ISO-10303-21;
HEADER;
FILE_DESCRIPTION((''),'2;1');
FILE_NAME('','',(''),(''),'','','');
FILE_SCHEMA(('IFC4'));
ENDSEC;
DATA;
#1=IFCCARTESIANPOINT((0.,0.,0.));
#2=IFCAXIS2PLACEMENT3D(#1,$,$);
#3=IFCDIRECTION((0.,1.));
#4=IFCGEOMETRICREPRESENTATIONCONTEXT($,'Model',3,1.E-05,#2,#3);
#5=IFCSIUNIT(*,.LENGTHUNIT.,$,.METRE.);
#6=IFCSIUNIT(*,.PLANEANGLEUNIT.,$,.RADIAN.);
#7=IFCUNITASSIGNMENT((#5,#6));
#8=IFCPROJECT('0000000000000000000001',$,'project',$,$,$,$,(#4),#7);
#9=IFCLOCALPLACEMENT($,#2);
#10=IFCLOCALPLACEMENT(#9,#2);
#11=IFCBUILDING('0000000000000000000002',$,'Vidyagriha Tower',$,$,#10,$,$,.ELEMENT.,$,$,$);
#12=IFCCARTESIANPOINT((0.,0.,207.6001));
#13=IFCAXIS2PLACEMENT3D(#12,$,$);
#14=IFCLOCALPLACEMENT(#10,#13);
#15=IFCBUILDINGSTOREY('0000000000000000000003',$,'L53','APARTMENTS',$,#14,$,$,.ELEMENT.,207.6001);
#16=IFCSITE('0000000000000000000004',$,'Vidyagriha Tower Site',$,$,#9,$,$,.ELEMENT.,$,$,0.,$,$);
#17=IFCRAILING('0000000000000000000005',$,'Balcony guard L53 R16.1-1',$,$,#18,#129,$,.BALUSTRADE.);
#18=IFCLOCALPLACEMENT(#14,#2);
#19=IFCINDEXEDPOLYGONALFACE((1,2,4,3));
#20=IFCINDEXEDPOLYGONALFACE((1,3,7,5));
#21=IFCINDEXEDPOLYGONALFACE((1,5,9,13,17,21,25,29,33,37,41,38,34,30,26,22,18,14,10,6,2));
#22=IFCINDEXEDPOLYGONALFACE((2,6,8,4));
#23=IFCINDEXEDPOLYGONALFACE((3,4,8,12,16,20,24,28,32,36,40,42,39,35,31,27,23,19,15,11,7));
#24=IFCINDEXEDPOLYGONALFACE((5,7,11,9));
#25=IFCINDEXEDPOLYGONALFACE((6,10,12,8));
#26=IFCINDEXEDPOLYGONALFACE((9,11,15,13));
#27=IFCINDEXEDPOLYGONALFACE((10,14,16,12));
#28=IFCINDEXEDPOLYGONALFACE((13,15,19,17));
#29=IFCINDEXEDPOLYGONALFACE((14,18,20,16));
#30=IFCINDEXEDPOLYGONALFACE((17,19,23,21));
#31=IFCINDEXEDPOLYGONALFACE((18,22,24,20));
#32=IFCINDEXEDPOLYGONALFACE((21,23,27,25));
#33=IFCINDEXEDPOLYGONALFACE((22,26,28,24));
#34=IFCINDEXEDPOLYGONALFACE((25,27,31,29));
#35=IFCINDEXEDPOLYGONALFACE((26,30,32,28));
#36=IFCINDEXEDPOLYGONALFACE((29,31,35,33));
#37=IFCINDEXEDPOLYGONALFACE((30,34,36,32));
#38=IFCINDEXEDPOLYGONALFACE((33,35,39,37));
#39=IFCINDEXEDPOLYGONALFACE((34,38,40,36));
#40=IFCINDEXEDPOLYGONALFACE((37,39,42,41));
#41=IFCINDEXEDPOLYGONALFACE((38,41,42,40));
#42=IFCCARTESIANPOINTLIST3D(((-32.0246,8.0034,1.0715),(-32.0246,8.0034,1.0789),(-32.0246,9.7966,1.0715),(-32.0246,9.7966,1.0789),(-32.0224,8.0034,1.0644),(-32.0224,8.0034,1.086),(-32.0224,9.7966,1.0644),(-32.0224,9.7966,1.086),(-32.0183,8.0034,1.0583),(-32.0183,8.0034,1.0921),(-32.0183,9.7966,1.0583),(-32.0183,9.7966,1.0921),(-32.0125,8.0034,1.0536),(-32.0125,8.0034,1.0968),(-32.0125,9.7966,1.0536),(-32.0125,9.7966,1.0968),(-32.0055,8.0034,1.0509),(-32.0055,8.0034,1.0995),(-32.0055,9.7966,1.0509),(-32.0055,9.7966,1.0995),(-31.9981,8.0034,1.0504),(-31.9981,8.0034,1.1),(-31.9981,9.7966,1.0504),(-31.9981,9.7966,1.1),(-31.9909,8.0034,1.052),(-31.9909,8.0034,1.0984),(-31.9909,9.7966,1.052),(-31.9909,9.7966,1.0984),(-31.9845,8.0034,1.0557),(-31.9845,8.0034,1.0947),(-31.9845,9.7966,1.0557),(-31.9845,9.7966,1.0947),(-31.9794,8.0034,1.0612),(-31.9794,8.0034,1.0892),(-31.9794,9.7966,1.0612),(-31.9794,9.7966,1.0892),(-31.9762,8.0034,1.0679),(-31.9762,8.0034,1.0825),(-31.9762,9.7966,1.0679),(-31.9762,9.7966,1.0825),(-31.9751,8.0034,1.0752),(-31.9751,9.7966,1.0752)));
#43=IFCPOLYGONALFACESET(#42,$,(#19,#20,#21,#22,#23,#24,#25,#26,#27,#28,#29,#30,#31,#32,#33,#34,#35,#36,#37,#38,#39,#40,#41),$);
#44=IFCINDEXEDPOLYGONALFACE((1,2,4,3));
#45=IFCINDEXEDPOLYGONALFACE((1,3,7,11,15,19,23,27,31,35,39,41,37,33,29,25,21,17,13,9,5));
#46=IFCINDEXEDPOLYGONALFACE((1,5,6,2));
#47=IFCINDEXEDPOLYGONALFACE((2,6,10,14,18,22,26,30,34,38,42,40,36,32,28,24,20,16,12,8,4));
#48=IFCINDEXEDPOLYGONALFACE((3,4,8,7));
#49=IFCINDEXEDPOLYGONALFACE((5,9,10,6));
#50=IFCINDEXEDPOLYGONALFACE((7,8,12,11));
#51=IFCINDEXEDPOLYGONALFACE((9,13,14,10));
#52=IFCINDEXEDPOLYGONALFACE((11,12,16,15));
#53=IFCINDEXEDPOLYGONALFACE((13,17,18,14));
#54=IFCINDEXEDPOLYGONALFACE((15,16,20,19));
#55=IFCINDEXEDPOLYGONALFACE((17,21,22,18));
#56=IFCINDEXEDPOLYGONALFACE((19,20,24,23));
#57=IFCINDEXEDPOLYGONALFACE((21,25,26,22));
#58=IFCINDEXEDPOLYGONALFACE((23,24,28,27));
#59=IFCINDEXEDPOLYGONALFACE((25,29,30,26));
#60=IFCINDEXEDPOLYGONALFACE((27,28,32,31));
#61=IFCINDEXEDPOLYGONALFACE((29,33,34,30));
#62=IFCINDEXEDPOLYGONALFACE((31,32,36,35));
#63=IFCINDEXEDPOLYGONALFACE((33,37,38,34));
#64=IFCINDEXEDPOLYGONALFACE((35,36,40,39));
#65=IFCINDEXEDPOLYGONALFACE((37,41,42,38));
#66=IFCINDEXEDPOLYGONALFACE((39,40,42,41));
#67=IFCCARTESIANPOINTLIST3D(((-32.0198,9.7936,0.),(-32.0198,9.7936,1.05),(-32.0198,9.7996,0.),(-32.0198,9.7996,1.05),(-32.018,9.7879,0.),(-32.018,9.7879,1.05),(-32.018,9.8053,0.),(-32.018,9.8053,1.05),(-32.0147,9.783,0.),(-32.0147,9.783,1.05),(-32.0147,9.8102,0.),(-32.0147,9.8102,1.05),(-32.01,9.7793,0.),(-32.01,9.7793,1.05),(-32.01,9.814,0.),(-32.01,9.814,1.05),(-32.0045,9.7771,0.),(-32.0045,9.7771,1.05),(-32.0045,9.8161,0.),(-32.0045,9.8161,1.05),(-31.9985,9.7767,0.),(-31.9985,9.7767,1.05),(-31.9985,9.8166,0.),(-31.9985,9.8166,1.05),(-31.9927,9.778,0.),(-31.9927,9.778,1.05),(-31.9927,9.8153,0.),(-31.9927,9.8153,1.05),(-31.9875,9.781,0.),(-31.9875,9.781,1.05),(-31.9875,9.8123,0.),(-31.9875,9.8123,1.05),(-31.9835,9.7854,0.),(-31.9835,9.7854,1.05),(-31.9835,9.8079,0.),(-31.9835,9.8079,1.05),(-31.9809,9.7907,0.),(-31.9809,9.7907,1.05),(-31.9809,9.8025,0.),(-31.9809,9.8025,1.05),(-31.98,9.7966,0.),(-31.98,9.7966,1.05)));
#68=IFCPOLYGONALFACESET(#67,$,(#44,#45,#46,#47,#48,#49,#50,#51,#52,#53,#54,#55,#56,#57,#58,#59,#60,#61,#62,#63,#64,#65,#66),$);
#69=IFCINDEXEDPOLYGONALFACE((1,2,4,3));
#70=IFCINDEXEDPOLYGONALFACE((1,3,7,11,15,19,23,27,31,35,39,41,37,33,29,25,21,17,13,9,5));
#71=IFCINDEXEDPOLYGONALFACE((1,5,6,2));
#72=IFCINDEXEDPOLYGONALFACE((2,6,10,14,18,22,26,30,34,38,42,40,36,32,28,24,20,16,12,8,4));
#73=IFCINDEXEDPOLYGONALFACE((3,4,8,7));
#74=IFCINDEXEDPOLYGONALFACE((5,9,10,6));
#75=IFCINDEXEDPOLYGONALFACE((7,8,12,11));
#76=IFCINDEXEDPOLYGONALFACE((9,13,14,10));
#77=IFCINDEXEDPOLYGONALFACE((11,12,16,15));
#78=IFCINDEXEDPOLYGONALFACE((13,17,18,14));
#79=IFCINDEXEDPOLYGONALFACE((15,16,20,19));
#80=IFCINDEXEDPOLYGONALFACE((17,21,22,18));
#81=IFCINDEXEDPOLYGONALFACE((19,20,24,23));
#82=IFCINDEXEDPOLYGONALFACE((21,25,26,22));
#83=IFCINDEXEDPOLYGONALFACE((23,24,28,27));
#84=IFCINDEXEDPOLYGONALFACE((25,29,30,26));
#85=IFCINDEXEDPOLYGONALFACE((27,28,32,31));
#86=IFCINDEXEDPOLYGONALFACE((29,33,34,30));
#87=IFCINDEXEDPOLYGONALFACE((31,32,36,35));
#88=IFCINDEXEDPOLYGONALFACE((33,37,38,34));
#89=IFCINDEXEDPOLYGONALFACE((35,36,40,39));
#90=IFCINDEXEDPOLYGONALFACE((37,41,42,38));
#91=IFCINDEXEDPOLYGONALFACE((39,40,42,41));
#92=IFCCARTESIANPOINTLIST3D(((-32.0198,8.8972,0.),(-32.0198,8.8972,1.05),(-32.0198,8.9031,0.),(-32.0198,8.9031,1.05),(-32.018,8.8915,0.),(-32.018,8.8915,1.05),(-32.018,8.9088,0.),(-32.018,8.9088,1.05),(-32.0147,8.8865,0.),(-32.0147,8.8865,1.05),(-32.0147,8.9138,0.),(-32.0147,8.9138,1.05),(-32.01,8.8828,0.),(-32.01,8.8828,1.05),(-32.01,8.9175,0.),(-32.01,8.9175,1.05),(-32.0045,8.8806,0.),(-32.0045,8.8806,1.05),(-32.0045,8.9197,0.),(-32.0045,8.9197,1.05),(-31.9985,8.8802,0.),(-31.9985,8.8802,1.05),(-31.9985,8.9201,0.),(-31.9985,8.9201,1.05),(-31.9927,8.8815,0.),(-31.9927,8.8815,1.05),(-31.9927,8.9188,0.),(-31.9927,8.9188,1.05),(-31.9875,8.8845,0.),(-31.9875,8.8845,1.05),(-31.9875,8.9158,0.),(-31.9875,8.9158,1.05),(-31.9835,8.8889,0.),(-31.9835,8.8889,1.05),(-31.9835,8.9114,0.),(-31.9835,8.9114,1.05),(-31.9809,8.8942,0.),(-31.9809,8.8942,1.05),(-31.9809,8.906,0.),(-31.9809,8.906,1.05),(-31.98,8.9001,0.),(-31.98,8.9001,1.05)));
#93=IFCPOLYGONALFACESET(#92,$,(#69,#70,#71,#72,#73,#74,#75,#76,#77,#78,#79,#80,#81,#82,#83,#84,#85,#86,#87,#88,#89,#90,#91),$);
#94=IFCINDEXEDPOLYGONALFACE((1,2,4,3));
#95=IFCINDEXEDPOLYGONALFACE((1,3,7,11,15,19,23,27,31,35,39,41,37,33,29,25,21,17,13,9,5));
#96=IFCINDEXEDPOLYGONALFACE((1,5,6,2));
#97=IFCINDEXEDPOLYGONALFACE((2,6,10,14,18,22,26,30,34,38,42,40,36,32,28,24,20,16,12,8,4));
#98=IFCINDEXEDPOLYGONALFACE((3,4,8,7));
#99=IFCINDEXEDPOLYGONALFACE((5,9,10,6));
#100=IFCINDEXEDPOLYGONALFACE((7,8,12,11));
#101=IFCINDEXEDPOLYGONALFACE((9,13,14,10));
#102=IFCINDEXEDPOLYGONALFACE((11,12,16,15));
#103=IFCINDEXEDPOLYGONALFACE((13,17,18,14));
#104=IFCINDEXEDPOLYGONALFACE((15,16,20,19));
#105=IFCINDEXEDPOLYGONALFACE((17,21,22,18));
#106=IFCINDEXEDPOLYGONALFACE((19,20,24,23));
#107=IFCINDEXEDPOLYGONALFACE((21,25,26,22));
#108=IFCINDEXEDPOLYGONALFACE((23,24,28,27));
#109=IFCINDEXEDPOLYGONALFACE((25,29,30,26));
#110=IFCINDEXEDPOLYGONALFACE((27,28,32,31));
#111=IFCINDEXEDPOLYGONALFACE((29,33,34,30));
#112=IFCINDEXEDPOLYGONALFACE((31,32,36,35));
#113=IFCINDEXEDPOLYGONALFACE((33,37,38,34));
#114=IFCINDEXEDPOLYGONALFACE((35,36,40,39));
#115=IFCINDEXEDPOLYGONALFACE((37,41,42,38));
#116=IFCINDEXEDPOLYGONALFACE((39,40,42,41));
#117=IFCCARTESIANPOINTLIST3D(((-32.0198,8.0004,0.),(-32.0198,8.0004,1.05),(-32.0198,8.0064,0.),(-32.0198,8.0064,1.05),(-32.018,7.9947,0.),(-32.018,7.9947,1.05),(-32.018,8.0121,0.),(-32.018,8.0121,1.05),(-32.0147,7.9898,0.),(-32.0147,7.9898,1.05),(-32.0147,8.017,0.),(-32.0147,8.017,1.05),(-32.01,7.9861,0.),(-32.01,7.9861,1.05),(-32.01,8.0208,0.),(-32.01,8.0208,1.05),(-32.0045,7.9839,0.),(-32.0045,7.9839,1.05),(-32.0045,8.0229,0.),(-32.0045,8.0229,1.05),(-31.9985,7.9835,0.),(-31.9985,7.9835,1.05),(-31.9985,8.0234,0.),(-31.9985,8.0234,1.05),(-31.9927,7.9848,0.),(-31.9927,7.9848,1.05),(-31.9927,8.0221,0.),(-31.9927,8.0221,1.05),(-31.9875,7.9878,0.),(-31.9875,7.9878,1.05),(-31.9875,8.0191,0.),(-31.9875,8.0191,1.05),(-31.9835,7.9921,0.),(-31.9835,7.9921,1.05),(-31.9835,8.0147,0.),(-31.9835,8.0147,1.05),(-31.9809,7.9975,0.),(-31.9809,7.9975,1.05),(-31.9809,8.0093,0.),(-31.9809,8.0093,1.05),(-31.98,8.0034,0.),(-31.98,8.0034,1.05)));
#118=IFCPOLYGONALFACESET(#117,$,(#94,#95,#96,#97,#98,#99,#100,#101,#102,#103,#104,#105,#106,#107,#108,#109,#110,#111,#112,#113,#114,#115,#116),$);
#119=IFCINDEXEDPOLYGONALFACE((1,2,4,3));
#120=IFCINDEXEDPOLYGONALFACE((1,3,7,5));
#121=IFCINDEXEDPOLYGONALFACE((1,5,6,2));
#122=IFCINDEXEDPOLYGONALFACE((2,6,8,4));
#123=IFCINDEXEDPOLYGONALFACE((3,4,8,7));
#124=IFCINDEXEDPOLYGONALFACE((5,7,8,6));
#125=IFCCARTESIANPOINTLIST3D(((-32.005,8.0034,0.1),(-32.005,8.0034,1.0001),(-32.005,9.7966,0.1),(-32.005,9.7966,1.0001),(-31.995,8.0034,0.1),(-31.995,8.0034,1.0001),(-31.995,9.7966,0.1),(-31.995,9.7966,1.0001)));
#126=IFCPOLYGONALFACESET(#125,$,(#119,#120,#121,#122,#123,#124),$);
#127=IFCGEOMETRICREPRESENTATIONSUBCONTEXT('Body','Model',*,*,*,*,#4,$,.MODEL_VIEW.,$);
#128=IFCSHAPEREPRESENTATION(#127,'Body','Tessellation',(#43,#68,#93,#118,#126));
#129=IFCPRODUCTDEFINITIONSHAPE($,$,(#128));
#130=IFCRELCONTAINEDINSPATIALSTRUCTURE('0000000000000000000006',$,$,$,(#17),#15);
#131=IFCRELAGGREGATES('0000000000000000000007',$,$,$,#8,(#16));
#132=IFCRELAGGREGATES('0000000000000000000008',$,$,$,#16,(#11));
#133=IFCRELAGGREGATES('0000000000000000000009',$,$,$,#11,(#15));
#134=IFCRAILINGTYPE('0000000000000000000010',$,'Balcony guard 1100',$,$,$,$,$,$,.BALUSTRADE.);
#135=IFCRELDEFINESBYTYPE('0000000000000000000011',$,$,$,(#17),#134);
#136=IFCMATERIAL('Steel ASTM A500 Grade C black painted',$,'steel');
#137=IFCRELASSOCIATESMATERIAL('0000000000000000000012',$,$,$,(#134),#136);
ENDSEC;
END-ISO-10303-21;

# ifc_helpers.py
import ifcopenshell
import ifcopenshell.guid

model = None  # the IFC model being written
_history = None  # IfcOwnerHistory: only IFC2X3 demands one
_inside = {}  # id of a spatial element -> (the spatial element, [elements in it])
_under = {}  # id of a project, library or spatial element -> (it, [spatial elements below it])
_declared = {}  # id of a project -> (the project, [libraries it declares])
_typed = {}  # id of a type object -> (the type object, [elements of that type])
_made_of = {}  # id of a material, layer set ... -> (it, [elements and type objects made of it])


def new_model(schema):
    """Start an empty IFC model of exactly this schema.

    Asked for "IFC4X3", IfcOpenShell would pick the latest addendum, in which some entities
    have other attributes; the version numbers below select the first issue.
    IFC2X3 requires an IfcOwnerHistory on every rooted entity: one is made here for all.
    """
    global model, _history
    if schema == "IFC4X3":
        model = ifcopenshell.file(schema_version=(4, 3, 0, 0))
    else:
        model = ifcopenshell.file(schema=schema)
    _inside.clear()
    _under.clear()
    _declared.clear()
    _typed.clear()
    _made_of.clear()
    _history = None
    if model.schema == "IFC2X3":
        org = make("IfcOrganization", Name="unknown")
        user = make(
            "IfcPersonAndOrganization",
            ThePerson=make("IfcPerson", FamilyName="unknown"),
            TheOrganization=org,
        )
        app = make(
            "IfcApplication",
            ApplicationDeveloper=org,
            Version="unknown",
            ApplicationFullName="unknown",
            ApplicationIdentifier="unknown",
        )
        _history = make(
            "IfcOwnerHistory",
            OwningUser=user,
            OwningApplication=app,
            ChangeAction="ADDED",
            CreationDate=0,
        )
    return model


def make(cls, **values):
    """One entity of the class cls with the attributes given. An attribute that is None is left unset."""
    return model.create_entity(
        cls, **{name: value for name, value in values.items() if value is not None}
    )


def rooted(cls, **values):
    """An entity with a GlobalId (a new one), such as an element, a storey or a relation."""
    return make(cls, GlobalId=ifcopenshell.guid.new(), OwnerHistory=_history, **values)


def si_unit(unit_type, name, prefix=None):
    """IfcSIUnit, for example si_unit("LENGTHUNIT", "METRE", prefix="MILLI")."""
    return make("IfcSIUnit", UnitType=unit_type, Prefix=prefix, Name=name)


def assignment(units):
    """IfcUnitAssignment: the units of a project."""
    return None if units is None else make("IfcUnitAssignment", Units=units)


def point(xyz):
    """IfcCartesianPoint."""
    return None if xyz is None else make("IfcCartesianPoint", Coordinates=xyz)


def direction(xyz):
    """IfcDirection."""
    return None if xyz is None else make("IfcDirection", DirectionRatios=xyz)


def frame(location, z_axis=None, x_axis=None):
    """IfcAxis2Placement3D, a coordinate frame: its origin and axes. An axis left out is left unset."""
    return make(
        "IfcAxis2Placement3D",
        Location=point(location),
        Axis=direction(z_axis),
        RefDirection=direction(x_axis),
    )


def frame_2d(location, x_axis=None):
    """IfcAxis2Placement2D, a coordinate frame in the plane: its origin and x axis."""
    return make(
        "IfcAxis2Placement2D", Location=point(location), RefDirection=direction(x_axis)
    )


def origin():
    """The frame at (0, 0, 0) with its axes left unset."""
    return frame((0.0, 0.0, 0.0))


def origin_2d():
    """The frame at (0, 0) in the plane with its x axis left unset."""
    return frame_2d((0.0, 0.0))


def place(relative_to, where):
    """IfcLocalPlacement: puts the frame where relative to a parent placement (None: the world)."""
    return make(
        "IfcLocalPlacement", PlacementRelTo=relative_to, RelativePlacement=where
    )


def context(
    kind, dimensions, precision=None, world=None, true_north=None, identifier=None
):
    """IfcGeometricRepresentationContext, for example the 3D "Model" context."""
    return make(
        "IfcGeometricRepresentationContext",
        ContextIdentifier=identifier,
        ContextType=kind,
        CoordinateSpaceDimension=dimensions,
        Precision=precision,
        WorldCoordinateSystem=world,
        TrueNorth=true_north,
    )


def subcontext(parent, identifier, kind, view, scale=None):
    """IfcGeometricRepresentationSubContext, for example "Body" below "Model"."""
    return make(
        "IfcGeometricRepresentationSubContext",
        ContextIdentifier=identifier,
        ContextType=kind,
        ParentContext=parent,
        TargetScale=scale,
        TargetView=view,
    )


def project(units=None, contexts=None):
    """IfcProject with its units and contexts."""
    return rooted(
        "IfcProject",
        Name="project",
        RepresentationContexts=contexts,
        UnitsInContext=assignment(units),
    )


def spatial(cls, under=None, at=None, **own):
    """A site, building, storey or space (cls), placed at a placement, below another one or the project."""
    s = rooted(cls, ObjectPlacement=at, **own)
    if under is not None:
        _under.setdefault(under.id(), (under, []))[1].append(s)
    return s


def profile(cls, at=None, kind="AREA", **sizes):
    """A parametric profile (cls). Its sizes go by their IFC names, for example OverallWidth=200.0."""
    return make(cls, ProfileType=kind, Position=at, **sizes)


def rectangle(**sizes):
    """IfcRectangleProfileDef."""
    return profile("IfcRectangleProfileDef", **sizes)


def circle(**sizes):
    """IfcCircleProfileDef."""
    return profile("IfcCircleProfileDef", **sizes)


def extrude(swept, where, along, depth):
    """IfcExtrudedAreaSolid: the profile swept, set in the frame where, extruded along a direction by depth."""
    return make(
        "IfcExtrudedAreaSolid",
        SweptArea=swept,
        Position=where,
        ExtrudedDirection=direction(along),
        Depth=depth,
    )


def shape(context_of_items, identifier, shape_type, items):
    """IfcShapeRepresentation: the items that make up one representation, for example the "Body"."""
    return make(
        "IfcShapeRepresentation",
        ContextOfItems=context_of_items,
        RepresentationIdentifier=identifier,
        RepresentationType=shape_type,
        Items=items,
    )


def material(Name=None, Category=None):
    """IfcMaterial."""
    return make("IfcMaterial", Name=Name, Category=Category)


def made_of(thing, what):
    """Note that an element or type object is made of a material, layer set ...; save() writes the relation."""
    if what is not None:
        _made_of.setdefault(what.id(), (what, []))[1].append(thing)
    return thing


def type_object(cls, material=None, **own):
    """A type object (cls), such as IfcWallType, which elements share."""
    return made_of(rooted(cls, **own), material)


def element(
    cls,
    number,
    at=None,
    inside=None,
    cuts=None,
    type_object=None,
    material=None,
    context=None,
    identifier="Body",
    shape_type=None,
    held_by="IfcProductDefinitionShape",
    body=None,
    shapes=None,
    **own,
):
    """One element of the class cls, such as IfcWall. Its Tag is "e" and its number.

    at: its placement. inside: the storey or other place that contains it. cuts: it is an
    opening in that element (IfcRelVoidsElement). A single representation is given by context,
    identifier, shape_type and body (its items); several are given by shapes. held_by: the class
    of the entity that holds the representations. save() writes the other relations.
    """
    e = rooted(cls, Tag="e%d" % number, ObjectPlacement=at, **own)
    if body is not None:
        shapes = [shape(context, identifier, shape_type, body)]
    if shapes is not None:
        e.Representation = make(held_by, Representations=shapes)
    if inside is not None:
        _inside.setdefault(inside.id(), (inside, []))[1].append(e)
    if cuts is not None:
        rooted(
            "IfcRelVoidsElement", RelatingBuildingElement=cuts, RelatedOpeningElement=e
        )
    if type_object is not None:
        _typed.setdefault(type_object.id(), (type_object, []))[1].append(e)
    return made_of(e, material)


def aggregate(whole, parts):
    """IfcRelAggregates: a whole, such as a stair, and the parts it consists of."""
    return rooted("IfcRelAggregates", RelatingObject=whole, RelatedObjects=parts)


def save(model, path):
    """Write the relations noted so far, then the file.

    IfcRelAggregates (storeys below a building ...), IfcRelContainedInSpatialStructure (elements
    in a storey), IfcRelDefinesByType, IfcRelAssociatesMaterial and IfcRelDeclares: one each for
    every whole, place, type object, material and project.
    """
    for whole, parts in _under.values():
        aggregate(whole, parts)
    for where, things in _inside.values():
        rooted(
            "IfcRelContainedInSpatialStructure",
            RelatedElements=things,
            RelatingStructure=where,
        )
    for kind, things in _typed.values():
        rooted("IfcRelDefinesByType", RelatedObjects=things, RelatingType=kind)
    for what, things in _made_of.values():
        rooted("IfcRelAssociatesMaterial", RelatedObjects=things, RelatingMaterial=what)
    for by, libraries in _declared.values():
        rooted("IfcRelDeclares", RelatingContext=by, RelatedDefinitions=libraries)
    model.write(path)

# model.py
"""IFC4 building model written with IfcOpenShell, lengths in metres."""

from ifc_helpers import new_model, si_unit, direction, frame, origin, origin_2d, place, context, subcontext, project, spatial, rectangle, circle, extrude, material, type_object, element, save


model = new_model("IFC4")

# Units and contexts
model_context = context("Model", 3, precision=1e-05, world=origin(), true_north=direction((0.0, 1.0)))
body_context = subcontext(model_context, "Body", "Model", "MODEL_VIEW")
ifc_project = project(units=[si_unit("LENGTHUNIT", "METRE"), si_unit("PLANEANGLEUNIT", "RADIAN")], contexts=[model_context])

# Site, building, storey
site_placement = place(None, origin())
site = spatial("IfcSite", under=ifc_project, at=site_placement, Name="Vidyagriha Tower Site", CompositionType="ELEMENT", RefElevation=0.0)
building_placement = place(site_placement, origin())
building = spatial("IfcBuilding", under=site, at=building_placement, Name="Vidyagriha Tower", CompositionType="ELEMENT")
storey_placement = place(building_placement, frame((0.0, 0.0, 207.6001)))
storey = spatial("IfcBuildingStorey", under=building, at=storey_placement, Name="L53", Description="APARTMENTS", CompositionType="ELEMENT", Elevation=207.6001)

# Railing
ifc_material_1 = material(Name="Steel ASTM A500 Grade C black painted", Category="steel")
railing_type_1 = type_object("IfcRailingType", Name="Balcony guard 1100", PredefinedType="BALUSTRADE", material=ifc_material_1)
railing_1_placement = place(storey_placement, frame((-32.0, 9.7966, 0.0)))
element("IfcRailing", 1, at=railing_1_placement, inside=storey, type_object=railing_type_1, Name="Balcony guard L53 R16.1-1", PredefinedType="BALUSTRADE", context=body_context, shape_type="SweptSolid", body=[
    extrude(circle(Radius=0.0249, at=origin_2d()), frame((0.0, 0.0, 1.0752), z_axis=(0.0, -1.0, 0.0), x_axis=(1.0, 0.0, 0.0)), (0.0, 0.0, 1.0), 1.7932),
    extrude(circle(Radius=0.02, at=origin_2d()), origin(), (0.0, 0.0, 1.0), 1.05),
    extrude(circle(Radius=0.02, at=origin_2d()), frame((0.0, -0.8965, 0.0)), (0.0, 0.0, 1.0), 1.05),
    extrude(circle(Radius=0.02, at=origin_2d()), frame((0.0, -1.7932, 0.0)), (0.0, 0.0, 1.0), 1.05),
    extrude(rectangle(XDim=0.01, YDim=0.9001, at=origin_2d()), frame((0.0, 0.0, 0.55), z_axis=(0.0, -1.0, 0.0), x_axis=(1.0, 0.0, 0.0)), (0.0, 0.0, 1.0), 1.7932),
])

save(model, "model.ifc")
